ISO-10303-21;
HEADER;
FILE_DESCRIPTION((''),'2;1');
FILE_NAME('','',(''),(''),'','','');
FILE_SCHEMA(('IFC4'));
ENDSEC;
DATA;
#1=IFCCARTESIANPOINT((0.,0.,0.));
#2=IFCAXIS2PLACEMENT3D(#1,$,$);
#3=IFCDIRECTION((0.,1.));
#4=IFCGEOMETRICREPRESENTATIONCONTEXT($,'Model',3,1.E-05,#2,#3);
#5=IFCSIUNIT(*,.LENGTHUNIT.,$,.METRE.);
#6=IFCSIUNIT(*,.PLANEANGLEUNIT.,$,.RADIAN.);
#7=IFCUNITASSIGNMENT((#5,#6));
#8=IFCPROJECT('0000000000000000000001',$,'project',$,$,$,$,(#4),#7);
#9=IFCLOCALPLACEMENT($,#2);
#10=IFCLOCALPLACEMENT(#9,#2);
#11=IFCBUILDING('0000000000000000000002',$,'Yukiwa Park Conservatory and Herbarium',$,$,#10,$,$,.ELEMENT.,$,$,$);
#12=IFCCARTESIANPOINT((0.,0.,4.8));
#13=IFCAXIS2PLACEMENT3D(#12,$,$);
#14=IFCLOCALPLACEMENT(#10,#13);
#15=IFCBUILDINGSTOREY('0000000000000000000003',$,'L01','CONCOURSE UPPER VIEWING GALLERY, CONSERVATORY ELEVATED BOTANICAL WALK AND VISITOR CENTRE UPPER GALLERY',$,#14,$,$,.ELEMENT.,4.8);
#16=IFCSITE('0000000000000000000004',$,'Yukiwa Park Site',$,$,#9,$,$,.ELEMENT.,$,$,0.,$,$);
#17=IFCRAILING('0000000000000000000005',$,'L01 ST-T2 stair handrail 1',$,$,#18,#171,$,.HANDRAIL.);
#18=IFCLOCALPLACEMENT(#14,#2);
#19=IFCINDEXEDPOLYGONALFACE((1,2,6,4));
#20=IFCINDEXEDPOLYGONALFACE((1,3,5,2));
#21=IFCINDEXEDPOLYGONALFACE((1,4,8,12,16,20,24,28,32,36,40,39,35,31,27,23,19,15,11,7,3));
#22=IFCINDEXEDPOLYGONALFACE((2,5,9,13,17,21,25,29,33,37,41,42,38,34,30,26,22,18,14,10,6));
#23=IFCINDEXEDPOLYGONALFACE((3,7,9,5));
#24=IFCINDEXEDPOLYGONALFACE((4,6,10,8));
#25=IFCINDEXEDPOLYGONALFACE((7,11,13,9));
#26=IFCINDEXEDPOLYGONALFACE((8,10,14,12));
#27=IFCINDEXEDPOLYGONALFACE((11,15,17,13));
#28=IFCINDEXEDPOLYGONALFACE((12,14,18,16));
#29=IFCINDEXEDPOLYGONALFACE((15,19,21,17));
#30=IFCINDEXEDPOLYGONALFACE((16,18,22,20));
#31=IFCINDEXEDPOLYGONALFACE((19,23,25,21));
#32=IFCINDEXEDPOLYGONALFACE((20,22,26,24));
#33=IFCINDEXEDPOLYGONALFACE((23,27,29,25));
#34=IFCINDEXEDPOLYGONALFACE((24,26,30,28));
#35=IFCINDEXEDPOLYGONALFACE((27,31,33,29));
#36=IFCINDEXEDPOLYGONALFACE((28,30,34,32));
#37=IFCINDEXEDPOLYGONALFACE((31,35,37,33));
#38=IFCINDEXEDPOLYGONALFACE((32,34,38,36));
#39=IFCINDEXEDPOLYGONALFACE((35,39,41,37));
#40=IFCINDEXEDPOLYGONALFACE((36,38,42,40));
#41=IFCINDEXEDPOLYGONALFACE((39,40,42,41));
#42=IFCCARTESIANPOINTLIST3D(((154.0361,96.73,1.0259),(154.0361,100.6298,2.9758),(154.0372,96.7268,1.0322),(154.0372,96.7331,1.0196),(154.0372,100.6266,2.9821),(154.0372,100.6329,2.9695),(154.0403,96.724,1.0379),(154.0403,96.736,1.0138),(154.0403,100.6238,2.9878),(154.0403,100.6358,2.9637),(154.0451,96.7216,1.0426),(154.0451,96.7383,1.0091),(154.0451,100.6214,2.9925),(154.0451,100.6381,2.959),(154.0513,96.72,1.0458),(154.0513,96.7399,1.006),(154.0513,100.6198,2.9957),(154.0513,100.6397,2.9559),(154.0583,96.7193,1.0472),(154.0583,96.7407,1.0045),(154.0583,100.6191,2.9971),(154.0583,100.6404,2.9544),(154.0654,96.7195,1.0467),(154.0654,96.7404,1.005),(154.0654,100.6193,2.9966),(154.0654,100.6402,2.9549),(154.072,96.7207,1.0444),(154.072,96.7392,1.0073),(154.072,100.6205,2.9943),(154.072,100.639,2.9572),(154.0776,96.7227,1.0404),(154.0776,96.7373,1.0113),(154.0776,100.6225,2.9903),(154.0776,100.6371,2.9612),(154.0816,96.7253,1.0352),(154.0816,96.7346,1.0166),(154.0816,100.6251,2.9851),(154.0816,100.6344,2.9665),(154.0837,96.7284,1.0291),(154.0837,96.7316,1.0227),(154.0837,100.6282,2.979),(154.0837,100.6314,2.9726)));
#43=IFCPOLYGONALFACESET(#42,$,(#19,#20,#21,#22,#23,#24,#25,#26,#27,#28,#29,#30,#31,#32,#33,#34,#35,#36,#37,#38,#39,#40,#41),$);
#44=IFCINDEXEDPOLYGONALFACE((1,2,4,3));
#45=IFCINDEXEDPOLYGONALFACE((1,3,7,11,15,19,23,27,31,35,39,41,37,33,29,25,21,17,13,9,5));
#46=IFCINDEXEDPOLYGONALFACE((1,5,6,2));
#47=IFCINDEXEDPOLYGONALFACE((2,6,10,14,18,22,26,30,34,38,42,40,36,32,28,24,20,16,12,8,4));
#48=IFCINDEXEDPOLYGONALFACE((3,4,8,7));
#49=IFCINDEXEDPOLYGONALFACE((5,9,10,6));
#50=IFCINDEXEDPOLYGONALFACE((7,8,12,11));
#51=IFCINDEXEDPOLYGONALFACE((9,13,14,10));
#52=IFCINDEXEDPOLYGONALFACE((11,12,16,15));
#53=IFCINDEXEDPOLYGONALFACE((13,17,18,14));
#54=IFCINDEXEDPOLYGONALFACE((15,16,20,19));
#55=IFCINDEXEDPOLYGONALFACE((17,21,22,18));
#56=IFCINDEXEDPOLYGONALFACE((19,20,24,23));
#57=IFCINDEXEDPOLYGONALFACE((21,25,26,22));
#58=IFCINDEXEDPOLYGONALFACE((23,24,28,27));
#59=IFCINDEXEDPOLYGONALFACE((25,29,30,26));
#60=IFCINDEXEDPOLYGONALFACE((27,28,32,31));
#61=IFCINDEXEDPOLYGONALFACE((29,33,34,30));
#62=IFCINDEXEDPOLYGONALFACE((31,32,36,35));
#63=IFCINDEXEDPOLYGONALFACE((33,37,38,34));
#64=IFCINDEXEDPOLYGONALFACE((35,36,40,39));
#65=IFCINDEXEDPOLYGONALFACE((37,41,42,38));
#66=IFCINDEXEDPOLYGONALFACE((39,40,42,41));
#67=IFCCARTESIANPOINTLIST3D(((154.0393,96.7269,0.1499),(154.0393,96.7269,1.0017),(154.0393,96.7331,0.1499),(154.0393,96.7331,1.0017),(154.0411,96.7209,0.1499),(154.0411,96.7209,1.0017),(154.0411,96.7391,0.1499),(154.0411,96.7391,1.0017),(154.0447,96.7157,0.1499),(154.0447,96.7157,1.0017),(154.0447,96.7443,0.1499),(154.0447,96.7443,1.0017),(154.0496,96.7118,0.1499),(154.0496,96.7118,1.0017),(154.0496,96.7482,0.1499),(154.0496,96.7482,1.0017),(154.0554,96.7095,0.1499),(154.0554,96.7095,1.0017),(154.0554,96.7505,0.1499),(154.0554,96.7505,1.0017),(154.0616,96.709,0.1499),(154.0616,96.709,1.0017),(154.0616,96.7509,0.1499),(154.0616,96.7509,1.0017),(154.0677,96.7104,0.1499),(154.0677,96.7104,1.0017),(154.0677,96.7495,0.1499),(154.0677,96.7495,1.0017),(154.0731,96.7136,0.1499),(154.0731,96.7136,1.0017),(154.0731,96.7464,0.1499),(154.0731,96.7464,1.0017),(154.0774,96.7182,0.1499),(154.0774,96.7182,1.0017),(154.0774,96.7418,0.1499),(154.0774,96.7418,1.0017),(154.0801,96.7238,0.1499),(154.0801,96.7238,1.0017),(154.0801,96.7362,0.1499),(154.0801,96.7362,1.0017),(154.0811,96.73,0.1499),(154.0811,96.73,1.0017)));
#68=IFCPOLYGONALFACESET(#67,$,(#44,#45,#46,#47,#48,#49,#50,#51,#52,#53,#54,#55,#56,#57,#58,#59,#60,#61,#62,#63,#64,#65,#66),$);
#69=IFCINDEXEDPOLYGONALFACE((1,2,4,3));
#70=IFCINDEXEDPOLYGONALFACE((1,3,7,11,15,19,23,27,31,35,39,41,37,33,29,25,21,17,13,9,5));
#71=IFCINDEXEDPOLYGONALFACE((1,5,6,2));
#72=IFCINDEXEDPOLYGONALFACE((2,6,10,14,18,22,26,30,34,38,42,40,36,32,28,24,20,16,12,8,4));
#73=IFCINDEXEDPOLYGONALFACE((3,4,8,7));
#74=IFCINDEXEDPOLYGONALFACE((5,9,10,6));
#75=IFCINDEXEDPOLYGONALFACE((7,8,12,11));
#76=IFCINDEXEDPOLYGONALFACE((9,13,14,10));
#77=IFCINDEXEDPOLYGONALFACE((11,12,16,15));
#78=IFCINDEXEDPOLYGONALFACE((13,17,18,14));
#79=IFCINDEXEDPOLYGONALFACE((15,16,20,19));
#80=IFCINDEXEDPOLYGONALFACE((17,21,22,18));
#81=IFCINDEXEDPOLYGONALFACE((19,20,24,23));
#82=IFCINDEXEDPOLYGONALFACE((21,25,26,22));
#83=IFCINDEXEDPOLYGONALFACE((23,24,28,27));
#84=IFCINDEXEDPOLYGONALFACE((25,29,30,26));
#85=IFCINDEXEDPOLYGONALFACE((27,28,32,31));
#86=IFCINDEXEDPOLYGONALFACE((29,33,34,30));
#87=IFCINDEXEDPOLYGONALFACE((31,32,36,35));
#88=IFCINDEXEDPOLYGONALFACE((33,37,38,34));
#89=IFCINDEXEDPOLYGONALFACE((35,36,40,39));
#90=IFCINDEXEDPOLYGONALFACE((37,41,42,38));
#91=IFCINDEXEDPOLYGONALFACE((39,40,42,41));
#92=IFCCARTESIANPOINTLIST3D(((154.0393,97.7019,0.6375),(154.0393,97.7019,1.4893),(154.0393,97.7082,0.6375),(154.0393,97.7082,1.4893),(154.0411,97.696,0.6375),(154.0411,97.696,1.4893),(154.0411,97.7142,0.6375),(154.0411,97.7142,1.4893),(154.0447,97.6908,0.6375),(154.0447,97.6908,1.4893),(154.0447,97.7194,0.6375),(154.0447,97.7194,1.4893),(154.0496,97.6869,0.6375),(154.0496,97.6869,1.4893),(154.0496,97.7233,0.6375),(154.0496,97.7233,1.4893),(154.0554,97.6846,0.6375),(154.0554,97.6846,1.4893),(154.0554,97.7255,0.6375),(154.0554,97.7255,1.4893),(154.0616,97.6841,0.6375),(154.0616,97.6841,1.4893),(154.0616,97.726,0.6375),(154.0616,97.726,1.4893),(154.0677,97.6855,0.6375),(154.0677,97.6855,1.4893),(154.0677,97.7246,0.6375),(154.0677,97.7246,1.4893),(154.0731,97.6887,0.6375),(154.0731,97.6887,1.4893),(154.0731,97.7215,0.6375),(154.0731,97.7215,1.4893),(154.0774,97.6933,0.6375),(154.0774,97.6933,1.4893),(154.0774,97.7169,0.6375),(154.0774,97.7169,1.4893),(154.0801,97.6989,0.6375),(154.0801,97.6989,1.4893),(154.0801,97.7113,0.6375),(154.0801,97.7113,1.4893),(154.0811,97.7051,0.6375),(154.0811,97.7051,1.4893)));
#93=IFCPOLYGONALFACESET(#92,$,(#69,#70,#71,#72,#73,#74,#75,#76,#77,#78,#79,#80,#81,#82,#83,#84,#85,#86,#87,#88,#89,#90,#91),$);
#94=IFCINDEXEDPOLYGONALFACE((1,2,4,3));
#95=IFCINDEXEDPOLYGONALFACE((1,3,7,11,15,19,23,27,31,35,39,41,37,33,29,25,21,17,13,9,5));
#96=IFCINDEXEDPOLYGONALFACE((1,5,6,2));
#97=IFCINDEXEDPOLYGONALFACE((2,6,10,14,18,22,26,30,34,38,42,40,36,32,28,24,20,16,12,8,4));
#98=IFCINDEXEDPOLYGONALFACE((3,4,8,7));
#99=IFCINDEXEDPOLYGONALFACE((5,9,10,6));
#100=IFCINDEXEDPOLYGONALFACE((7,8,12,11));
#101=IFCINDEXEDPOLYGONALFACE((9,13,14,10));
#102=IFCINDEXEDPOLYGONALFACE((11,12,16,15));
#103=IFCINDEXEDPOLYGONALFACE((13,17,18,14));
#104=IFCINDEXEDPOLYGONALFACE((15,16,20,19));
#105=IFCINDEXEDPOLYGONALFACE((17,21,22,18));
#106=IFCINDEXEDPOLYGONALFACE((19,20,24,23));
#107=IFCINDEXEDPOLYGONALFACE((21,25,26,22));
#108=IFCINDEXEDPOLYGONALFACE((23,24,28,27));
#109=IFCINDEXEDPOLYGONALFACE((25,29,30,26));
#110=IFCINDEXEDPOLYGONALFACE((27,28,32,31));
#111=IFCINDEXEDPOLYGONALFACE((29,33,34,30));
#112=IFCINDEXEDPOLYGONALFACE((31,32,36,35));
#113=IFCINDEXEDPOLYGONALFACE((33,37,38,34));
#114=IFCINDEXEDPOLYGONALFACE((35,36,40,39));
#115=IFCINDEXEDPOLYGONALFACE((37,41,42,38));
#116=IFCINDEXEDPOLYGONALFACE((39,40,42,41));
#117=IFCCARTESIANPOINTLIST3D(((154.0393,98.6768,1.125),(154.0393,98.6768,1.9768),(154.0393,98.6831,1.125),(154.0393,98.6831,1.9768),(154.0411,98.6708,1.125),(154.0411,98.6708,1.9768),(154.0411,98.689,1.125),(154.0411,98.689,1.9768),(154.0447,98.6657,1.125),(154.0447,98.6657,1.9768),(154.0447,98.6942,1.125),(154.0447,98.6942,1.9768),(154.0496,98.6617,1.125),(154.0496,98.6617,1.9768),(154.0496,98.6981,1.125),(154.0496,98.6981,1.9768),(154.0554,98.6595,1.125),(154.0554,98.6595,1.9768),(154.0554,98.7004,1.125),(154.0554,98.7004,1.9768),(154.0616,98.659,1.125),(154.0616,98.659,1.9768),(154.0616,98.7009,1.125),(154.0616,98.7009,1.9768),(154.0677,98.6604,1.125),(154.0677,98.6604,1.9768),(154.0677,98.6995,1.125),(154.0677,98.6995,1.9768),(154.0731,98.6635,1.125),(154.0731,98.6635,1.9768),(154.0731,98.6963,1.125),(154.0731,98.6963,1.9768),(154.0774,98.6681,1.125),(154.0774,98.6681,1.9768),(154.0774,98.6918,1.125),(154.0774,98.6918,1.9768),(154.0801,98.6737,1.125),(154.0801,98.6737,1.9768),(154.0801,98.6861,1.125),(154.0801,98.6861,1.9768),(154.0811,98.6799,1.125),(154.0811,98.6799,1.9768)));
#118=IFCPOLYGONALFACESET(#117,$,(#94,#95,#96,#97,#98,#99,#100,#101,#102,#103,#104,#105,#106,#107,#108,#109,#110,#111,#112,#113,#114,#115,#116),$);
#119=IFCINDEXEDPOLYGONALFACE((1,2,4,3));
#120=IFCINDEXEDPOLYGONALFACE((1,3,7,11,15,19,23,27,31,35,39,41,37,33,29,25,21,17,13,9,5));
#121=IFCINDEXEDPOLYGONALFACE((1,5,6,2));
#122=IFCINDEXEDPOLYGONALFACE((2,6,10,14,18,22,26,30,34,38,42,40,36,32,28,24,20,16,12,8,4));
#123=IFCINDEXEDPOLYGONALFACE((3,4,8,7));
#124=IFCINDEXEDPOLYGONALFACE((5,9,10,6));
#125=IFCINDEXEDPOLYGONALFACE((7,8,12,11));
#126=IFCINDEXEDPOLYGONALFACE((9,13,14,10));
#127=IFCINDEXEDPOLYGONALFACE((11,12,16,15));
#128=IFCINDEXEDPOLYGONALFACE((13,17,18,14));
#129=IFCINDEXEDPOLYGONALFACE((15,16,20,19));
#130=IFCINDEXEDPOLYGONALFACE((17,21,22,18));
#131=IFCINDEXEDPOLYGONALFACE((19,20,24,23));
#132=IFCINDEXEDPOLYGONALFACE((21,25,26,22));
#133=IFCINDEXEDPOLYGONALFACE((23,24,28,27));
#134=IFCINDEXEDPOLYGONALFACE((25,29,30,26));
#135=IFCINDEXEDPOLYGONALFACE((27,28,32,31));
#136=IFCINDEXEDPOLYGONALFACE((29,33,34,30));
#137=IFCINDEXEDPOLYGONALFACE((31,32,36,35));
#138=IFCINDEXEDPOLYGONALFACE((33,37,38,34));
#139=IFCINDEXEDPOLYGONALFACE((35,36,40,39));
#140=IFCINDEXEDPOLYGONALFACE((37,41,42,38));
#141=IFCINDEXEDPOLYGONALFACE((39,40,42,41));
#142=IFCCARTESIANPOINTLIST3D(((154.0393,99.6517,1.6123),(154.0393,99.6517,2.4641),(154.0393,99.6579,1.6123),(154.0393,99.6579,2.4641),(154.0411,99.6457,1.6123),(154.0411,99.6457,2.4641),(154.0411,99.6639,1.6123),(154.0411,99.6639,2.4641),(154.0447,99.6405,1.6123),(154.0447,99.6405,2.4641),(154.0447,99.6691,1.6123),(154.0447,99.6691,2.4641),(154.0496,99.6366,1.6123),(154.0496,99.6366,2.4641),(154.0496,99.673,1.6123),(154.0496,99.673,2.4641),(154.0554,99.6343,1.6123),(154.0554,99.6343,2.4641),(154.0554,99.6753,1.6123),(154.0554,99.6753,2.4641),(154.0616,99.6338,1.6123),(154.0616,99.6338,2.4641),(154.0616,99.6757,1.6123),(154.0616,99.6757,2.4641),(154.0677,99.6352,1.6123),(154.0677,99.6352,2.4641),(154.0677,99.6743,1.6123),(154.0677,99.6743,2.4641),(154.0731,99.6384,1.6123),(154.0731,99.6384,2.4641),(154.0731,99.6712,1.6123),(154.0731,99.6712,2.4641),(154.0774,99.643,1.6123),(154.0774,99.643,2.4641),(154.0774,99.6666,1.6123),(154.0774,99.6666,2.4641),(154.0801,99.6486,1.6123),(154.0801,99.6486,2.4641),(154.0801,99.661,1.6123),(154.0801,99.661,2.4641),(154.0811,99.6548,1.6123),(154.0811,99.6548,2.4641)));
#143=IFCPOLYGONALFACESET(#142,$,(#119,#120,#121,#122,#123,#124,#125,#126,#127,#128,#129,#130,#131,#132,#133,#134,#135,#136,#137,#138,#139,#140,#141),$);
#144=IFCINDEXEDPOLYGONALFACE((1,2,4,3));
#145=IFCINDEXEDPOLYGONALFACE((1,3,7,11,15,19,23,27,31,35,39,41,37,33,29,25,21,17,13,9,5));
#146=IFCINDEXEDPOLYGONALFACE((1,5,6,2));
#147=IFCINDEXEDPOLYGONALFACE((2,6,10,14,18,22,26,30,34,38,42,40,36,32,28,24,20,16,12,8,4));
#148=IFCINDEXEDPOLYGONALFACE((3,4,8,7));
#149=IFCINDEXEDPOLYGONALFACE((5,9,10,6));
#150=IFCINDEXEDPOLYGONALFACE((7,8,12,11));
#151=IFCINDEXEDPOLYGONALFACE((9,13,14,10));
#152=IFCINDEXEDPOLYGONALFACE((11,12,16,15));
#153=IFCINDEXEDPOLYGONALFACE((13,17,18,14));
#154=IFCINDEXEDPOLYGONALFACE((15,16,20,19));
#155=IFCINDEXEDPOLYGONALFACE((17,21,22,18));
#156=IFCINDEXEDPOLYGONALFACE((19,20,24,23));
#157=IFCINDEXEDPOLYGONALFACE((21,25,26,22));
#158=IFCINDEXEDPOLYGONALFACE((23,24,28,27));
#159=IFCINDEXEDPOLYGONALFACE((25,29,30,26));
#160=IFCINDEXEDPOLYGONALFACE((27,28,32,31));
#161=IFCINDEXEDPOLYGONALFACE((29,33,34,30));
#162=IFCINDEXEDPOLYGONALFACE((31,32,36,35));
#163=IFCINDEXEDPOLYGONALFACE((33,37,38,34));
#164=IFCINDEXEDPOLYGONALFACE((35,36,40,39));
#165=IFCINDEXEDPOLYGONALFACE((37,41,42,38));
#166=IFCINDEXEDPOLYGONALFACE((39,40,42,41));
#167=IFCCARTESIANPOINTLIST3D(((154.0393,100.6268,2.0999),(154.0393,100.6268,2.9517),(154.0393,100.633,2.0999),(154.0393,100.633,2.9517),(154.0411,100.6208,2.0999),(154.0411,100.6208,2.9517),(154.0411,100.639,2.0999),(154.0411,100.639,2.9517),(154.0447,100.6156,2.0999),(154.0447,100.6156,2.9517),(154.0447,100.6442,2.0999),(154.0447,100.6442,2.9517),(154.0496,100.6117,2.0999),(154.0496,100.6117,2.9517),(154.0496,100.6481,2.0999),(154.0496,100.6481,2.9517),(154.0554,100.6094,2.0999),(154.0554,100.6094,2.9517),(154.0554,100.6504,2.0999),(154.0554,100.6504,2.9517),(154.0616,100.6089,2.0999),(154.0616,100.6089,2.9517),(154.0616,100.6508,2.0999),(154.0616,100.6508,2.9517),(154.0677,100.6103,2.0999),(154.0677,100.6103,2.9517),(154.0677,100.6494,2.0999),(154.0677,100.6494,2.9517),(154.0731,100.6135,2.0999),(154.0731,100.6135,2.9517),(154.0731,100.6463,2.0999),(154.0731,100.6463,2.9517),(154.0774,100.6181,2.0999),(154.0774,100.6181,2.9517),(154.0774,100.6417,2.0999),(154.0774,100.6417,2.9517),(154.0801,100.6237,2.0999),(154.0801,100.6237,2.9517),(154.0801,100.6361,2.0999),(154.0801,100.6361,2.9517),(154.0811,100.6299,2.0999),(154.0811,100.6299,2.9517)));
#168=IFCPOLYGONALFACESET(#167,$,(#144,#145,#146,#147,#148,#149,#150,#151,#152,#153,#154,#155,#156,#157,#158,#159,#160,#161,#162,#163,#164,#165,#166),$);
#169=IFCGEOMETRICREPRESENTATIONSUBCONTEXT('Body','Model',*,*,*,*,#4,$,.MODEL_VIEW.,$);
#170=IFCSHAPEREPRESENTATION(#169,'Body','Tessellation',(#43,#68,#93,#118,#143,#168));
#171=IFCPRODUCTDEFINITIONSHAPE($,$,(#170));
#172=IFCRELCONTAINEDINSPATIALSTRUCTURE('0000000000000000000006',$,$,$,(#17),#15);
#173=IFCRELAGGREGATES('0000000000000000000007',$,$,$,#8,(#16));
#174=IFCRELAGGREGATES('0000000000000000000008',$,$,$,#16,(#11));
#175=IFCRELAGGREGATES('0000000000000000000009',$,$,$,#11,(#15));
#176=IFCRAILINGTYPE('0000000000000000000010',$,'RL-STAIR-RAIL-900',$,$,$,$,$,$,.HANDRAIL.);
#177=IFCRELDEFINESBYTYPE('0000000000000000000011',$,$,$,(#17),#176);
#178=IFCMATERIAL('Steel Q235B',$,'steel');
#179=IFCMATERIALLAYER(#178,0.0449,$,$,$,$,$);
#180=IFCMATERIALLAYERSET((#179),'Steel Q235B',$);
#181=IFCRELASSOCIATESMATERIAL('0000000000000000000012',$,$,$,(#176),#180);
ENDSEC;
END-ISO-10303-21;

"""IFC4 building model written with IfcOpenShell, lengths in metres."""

from ifc_helpers import new_model, si_unit, direction, frame, origin, origin_2d, place, context, subcontext, project, spatial, circle, extrude, material, layer, layer_set, type_object, element, save


model = new_model("IFC4")

# Units and contexts
model_context = context("Model", 3, precision=1e-05, world=origin(), true_north=direction((0.0, 1.0)))
body_context = subcontext(model_context, "Body", "Model", "MODEL_VIEW")
ifc_project = project(units=[si_unit("LENGTHUNIT", "METRE"), si_unit("PLANEANGLEUNIT", "RADIAN")], contexts=[model_context])

# Site, building, storey
site_placement = place(None, origin())
site = spatial("IfcSite", under=ifc_project, at=site_placement, Name="Yukiwa Park Site", CompositionType="ELEMENT", RefElevation=0.0)
building_placement = place(site_placement, origin())
building = spatial("IfcBuilding", under=site, at=building_placement, Name="Yukiwa Park Conservatory and Herbarium", CompositionType="ELEMENT")
storey_placement = place(building_placement, frame((0.0, 0.0, 4.8)))
storey = spatial("IfcBuildingStorey", under=building, at=storey_placement, Name="L01", Description="CONCOURSE UPPER VIEWING GALLERY, CONSERVATORY ELEVATED BOTANICAL WALK AND VISITOR CENTRE UPPER GALLERY", CompositionType="ELEMENT", Elevation=4.8)

# Railing
ifc_material_1 = material(Name="Steel Q235B", Category="steel")
ifc_layer_1 = layer(ifc_material_1, 0.0449)
ifc_layer_set_1 = layer_set([ifc_layer_1], Name="Steel Q235B")
railing_type_1 = type_object("IfcRailingType", Name="RL-STAIR-RAIL-900", PredefinedType="HANDRAIL", material=ifc_layer_set_1)
railing_1_placement = place(storey_placement, frame((154.0601, 96.73, 0.1499)))
element("IfcRailing", 1, at=railing_1_placement, inside=storey, type_object=railing_type_1, Name="L01 ST-T2 stair handrail 1", PredefinedType="HANDRAIL", context=body_context, shape_type="SweptSolid", body=[
    extrude(circle(Radius=0.0239, at=origin_2d()), frame((0.0, 0.0, 0.876), z_axis=(0.0, 0.894427, 0.447214), x_axis=(-1.0, 0.0, 0.0)), (0.0, 0.0, 1.0), 4.3601),
    extrude(circle(Radius=0.021, at=origin_2d()), origin(), (0.0, 0.0, 1.0), 0.8518),
    extrude(circle(Radius=0.021, at=origin_2d()), frame((0.0, 0.9751, 0.4875)), (0.0, 0.0, 1.0), 0.8518),
    extrude(circle(Radius=0.021, at=origin_2d()), frame((0.0, 1.95, 0.9751)), (0.0, 0.0, 1.0), 0.8518),
    extrude(circle(Radius=0.021, at=origin_2d()), frame((0.0, 2.9248, 1.4624)), (0.0, 0.0, 1.0), 0.8518),
    extrude(circle(Radius=0.021, at=origin_2d()), frame((0.0, 3.8999, 1.95)), (0.0, 0.0, 1.0), 0.8518),
])

save(model, "model.ifc")
